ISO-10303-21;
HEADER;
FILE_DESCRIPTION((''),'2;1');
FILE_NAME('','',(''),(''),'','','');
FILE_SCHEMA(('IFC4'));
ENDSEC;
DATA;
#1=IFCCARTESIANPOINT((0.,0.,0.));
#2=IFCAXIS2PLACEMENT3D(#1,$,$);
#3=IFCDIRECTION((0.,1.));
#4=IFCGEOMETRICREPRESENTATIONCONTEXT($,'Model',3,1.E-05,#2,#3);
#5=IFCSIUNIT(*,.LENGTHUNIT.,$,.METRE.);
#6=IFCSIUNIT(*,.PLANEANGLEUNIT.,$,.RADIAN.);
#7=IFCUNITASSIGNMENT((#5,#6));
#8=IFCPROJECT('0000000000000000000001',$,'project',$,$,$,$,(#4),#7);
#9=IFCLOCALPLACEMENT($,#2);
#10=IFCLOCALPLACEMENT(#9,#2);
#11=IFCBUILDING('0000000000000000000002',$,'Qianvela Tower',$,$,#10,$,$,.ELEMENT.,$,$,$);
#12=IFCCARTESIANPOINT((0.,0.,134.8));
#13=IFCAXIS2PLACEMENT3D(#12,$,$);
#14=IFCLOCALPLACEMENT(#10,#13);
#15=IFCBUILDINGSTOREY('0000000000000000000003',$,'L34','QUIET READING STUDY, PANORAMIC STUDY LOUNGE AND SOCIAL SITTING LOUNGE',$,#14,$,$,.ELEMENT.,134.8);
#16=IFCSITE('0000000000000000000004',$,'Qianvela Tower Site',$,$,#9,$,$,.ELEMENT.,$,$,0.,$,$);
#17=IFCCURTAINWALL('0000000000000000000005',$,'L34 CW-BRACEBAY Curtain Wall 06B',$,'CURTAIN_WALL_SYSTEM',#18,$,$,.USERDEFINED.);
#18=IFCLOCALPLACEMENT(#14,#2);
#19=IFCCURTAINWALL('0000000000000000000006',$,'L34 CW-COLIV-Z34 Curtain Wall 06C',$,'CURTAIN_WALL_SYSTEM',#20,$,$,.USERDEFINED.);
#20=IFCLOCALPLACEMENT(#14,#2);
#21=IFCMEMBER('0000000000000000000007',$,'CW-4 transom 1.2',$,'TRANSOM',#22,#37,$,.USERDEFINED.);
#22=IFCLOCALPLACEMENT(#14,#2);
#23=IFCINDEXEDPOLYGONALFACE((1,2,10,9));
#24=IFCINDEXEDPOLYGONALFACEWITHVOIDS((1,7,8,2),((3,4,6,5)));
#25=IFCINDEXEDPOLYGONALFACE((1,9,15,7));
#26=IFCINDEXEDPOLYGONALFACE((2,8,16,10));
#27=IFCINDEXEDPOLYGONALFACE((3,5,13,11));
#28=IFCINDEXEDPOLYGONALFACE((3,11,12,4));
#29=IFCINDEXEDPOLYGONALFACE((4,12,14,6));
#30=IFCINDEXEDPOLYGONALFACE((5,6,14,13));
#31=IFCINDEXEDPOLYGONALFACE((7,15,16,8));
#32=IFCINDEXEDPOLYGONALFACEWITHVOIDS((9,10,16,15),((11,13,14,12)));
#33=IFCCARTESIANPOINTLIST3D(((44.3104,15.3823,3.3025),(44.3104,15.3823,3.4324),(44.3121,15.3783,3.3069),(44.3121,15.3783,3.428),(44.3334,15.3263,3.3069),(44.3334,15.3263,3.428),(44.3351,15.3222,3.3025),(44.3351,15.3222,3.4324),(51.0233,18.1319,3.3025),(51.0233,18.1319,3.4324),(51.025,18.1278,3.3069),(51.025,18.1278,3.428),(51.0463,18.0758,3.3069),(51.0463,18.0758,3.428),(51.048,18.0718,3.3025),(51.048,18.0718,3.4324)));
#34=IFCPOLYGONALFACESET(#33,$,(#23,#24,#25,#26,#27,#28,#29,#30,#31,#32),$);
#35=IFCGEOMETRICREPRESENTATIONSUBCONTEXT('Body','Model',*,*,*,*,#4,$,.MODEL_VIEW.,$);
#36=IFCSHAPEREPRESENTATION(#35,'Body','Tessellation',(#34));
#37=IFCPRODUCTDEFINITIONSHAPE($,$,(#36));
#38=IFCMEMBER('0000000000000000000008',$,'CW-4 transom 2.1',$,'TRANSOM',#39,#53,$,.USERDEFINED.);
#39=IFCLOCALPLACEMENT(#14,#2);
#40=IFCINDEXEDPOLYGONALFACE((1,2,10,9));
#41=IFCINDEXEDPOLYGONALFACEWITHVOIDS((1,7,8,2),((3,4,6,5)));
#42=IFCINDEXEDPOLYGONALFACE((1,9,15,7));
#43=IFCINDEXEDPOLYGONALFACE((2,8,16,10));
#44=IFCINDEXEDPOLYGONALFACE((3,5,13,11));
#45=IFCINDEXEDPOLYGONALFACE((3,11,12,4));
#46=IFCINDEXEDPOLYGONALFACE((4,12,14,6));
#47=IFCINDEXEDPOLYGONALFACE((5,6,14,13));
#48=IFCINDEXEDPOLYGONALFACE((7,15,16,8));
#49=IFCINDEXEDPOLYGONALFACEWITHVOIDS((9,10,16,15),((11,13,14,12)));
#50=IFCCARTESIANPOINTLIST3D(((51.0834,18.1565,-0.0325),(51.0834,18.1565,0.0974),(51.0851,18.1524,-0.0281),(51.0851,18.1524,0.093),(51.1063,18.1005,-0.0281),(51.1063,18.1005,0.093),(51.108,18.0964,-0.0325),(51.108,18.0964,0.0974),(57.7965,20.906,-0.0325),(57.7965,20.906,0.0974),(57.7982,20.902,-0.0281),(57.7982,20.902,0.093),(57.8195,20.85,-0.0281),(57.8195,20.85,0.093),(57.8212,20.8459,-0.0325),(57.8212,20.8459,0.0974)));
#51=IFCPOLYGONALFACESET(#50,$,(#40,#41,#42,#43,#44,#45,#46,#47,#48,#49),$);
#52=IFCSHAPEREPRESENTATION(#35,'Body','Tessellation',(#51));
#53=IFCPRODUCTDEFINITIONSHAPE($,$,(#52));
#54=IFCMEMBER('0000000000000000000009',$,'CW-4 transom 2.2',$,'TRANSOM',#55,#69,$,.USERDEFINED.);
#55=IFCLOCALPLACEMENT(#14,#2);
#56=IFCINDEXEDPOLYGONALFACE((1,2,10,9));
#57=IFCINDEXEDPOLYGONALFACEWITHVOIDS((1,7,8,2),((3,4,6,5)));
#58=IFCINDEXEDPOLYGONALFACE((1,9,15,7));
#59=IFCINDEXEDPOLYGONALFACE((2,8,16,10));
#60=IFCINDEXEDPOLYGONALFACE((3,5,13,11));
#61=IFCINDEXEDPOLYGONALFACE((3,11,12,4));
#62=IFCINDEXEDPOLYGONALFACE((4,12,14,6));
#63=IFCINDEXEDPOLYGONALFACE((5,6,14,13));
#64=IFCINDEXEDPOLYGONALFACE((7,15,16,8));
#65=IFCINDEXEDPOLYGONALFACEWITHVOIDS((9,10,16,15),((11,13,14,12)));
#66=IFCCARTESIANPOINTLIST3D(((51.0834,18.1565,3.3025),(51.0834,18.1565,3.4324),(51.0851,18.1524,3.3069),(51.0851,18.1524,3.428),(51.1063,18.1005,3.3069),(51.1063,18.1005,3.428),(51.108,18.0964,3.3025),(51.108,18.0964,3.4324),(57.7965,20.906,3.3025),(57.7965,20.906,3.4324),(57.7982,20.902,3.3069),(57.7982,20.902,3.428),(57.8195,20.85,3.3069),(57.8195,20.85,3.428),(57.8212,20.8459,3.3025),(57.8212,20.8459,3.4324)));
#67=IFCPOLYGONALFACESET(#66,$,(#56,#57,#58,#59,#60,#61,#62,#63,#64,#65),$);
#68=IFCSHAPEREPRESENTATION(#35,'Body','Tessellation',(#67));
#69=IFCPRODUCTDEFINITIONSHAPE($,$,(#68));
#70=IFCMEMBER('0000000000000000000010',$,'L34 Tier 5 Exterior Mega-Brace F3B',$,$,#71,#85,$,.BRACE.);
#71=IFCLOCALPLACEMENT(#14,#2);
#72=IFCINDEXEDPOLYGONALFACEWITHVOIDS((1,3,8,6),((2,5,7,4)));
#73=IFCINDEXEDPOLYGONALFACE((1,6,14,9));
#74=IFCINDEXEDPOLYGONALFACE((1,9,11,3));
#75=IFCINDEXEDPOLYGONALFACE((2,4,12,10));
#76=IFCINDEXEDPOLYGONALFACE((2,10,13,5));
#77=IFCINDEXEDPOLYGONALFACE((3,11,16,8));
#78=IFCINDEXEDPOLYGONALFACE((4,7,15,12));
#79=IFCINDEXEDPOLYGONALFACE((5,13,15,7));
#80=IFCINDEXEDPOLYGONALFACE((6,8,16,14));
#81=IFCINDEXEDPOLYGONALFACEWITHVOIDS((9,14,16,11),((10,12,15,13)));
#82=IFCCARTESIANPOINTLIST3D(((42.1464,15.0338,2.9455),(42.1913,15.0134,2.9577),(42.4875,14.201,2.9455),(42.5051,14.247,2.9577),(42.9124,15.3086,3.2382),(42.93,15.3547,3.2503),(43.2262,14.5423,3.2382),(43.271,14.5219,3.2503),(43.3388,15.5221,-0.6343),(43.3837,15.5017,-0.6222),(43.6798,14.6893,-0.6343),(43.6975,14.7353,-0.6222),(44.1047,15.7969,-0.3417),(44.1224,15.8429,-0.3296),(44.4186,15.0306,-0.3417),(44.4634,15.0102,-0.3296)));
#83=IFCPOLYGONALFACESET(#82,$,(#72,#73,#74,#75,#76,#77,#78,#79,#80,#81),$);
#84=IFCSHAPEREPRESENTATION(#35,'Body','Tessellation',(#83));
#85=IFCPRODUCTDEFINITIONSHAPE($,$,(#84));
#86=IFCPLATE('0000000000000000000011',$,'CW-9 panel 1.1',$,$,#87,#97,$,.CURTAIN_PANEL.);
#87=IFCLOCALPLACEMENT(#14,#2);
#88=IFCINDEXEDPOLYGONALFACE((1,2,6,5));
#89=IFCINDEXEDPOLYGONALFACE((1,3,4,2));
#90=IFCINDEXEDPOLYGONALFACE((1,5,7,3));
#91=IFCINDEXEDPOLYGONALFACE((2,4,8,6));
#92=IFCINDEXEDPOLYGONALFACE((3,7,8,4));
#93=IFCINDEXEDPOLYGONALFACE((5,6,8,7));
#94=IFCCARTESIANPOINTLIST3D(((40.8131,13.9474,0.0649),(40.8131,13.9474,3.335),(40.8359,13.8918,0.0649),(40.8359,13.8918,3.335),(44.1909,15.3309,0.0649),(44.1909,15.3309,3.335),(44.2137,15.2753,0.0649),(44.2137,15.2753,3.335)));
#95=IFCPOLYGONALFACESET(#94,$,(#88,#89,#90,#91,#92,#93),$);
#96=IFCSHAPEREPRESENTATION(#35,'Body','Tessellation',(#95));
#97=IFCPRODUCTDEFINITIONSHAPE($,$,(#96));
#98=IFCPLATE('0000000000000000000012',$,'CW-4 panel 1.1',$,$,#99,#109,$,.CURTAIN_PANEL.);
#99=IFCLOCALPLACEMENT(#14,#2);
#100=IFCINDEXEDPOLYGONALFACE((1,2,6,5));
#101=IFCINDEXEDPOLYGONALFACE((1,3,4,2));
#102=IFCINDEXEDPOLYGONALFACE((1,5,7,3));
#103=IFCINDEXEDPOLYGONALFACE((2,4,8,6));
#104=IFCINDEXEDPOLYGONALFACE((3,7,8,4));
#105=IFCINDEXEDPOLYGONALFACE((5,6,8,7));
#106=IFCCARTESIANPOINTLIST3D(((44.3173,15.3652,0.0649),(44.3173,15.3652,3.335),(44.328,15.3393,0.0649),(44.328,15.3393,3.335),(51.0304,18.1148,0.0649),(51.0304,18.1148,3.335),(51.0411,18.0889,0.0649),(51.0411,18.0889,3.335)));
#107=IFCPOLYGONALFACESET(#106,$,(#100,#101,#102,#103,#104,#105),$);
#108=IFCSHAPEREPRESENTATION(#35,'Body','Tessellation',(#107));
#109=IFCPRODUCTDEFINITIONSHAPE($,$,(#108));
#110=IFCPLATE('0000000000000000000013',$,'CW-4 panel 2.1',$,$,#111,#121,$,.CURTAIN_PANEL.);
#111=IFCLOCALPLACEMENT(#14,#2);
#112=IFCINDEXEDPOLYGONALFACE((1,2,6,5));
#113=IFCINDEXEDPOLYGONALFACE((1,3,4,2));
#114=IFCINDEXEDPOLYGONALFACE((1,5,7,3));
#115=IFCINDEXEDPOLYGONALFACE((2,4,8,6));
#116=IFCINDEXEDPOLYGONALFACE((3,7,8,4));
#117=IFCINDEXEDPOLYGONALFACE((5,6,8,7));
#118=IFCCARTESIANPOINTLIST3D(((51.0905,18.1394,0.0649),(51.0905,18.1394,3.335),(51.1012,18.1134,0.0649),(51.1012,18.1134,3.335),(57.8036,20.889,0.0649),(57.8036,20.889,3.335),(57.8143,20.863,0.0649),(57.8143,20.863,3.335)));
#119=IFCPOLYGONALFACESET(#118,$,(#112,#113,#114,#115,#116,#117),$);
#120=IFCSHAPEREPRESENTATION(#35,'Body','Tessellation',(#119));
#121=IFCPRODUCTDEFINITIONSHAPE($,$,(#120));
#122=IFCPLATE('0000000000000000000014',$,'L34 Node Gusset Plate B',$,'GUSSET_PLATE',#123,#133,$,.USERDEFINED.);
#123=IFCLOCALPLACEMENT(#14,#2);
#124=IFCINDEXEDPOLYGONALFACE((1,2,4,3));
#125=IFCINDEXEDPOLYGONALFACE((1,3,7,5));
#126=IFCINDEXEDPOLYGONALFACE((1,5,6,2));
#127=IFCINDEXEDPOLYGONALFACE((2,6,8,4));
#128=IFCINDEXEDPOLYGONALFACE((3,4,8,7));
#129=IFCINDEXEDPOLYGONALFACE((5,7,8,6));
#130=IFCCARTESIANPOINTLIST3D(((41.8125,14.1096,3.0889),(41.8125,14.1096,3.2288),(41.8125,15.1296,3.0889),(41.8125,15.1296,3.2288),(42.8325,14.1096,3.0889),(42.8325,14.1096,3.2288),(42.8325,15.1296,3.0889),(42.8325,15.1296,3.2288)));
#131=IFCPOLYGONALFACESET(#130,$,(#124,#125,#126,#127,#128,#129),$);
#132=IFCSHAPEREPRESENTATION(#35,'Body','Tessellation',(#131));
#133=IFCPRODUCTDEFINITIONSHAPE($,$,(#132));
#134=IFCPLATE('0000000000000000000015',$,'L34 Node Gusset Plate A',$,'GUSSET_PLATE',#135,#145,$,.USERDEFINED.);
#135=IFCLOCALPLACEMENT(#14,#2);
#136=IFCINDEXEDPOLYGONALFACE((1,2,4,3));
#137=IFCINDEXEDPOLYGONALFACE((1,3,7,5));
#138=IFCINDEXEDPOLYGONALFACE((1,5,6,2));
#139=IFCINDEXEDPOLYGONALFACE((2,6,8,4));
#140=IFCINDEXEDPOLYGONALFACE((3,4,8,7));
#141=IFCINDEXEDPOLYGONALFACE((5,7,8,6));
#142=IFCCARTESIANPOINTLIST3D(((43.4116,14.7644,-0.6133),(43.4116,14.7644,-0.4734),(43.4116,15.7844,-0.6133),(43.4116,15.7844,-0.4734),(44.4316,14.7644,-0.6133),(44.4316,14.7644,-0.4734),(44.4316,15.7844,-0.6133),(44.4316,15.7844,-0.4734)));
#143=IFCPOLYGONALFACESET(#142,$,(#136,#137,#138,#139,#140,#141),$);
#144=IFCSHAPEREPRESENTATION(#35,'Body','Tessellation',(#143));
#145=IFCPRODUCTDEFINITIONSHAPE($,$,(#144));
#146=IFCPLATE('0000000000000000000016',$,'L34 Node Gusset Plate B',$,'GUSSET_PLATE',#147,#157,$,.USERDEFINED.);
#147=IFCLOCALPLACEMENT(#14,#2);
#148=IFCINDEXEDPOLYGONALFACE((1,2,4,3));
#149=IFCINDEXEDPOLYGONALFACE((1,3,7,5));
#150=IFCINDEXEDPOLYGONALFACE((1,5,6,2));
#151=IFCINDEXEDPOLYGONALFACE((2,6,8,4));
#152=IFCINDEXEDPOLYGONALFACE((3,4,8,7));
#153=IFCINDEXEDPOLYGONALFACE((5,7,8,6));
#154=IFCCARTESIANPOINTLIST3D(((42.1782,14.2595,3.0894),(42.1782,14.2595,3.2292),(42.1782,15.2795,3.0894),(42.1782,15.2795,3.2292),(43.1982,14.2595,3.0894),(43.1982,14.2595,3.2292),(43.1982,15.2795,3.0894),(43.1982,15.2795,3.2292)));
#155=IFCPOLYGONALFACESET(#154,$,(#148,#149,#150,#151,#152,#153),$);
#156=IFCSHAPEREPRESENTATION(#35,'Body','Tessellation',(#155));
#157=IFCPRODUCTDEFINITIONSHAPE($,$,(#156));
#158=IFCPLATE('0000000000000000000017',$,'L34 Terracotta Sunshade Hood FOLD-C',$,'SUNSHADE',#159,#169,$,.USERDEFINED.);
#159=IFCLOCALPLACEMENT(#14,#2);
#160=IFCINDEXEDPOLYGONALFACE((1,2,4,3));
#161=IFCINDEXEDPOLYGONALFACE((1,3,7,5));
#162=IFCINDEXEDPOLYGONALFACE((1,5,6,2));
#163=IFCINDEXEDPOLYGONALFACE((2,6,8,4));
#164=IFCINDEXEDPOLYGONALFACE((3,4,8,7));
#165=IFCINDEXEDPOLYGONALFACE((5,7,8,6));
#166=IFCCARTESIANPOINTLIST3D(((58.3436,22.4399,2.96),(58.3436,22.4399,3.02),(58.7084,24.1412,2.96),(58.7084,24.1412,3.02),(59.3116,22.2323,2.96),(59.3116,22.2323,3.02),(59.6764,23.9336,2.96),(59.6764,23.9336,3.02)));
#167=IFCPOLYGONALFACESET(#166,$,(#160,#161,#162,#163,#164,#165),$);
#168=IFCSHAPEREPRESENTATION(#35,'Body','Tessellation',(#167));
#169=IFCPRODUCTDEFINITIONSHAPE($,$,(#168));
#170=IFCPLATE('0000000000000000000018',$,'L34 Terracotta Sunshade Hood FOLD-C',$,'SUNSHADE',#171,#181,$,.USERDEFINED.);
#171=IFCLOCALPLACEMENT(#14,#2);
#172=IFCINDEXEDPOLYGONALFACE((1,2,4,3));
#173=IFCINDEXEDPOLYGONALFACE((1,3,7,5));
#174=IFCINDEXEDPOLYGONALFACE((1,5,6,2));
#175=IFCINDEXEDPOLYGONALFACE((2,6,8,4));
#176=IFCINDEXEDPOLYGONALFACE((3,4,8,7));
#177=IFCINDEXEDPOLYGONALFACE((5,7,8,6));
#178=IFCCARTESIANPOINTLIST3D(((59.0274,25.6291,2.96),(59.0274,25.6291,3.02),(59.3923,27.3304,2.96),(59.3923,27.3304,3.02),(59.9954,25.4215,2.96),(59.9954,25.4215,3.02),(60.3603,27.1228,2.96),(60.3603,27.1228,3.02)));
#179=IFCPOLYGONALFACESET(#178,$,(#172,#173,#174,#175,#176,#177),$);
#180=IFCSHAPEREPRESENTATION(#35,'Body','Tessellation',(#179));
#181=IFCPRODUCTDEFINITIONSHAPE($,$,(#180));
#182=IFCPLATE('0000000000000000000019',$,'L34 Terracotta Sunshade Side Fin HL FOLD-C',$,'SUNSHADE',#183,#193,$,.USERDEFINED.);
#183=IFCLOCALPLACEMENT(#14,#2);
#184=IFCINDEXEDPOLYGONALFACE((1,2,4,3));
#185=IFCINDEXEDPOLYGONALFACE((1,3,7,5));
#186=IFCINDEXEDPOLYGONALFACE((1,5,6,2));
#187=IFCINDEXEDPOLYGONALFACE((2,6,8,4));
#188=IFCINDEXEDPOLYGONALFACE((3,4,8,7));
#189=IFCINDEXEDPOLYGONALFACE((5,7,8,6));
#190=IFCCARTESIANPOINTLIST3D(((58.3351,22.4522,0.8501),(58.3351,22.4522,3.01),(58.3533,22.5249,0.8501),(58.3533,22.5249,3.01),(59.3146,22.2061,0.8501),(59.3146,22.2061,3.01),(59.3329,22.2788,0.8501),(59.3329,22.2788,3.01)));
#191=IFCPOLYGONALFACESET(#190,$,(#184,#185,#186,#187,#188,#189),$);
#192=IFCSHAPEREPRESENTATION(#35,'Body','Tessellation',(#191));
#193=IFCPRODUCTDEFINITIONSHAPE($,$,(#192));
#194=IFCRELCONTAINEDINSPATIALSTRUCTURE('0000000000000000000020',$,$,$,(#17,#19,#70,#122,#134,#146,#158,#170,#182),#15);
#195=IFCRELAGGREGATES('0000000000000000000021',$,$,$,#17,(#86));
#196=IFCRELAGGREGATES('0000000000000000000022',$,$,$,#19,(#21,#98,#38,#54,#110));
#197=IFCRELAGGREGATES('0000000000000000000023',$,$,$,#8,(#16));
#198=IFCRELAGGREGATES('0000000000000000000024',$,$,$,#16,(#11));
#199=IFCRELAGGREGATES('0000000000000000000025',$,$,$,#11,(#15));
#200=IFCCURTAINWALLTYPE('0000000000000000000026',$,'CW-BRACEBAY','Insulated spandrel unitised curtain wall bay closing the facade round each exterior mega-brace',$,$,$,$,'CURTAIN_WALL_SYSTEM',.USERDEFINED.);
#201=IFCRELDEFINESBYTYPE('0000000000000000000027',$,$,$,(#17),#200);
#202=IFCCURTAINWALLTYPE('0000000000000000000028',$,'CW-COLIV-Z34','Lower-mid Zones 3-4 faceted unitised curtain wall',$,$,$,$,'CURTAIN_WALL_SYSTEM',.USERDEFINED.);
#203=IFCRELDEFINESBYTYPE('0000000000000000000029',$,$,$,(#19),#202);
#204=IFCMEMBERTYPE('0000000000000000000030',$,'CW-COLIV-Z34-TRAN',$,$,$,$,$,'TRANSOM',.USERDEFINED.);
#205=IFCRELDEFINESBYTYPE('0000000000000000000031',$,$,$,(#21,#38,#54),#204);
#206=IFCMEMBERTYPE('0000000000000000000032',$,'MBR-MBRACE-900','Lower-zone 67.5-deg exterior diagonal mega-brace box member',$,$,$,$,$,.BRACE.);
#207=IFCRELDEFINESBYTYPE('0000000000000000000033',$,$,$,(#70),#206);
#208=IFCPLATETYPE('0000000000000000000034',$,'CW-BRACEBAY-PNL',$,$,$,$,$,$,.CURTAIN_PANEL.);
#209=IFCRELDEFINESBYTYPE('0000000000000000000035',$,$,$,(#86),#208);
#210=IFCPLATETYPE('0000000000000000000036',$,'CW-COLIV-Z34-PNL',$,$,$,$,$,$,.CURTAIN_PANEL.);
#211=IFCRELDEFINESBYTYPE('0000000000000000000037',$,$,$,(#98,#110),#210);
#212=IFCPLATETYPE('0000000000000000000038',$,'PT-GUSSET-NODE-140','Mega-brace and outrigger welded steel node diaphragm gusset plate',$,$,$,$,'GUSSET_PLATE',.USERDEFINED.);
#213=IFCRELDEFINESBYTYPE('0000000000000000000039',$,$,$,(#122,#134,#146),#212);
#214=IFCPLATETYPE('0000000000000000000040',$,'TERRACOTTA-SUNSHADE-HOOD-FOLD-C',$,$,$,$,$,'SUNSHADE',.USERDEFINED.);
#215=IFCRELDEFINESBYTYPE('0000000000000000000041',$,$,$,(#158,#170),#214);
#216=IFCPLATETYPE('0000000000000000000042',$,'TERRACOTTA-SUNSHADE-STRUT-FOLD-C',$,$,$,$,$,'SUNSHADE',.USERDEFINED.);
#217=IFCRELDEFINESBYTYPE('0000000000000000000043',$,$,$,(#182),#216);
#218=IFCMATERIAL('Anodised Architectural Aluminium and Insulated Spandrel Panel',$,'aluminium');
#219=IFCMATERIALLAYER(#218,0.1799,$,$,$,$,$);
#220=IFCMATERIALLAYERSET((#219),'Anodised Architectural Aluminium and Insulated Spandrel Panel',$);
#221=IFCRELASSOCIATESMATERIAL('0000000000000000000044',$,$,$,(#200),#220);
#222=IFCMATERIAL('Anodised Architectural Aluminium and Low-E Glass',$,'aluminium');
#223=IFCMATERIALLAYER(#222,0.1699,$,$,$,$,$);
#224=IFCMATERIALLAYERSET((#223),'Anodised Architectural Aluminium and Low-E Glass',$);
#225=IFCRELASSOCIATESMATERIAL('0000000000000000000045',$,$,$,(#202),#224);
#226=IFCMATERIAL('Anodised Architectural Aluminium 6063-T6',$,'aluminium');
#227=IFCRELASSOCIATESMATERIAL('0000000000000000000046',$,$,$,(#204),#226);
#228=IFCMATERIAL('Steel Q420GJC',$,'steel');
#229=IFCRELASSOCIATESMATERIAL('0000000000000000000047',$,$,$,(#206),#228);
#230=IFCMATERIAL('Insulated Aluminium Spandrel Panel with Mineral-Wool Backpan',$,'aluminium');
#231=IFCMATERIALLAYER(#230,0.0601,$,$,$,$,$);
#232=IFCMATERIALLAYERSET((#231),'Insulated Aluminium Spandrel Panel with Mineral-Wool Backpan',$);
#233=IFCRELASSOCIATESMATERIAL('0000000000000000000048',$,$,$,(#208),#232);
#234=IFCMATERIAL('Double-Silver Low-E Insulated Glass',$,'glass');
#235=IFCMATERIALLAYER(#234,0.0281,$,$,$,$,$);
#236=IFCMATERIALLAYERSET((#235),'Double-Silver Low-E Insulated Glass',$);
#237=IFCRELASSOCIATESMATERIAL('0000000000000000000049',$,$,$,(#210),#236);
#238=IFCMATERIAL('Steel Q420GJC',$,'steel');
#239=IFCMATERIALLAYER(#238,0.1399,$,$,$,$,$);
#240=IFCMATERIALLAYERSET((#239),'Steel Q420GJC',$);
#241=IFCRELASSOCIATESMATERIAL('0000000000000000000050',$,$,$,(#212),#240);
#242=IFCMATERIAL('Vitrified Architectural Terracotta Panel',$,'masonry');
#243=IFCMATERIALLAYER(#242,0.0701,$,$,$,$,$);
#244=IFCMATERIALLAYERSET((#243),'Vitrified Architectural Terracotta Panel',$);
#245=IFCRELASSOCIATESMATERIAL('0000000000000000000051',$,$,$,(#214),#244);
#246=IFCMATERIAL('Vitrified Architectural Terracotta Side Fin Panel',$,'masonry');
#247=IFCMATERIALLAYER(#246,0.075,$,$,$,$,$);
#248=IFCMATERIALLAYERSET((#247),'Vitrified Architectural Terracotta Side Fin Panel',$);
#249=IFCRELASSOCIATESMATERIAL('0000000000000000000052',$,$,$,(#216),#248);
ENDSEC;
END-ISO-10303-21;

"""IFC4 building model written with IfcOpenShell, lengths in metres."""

from ifc_helpers import new_model, si_unit, direction, frame, origin, origin_2d, place, context, subcontext, project, spatial, rectangle, hollow_rectangle, extrude, material, layer, layer_set, material_profile, profile_set, type_object, element, aggregate, save


model = new_model("IFC4")

# Units and contexts
model_context = context("Model", 3, precision=1e-05, world=origin(), true_north=direction((0.0, 1.0)))
body_context = subcontext(model_context, "Body", "Model", "MODEL_VIEW")
ifc_project = project(units=[si_unit("LENGTHUNIT", "METRE"), si_unit("PLANEANGLEUNIT", "RADIAN")], contexts=[model_context])

# Site, building, storey
site_placement = place(None, origin())
site = spatial("IfcSite", under=ifc_project, at=site_placement, Name="Qianvela Tower Site", CompositionType="ELEMENT", RefElevation=0.0)
building_placement = place(site_placement, origin())
building = spatial("IfcBuilding", under=site, at=building_placement, Name="Qianvela Tower", CompositionType="ELEMENT")
storey_placement = place(building_placement, frame((0.0, 0.0, 134.8)))
storey = spatial("IfcBuildingStorey", under=building, at=storey_placement, Name="L34", Description="QUIET READING STUDY, PANORAMIC STUDY LOUNGE AND SOCIAL SITTING LOUNGE", CompositionType="ELEMENT", Elevation=134.8)

# Curtain wall
ifc_material_1 = material(Name="Anodised Architectural Aluminium and Insulated Spandrel Panel", Category="aluminium")
ifc_layer_1 = layer(ifc_material_1, 0.1799)
ifc_layer_set_1 = layer_set([ifc_layer_1], Name="Anodised Architectural Aluminium and Insulated Spandrel Panel")
curtain_wall_type_1 = type_object("IfcCurtainWallType", Name="CW-BRACEBAY", Description="Insulated spandrel unitised curtain wall bay closing the facade round each exterior mega-brace", ElementType="CURTAIN_WALL_SYSTEM", PredefinedType="USERDEFINED", material=ifc_layer_set_1)
curtain_wall_1_placement = place(storey_placement, origin())
curtain_wall_1 = element("IfcCurtainWall", 1, at=curtain_wall_1_placement, inside=storey, type_object=curtain_wall_type_1, Name="L34 CW-BRACEBAY Curtain Wall 06B", ObjectType="CURTAIN_WALL_SYSTEM", PredefinedType="USERDEFINED")

# Curtain wall, members
ifc_material_2 = material(Name="Anodised Architectural Aluminium and Low-E Glass", Category="aluminium")
ifc_layer_2 = layer(ifc_material_2, 0.1699)
ifc_layer_set_2 = layer_set([ifc_layer_2], Name="Anodised Architectural Aluminium and Low-E Glass")
curtain_wall_type_2 = type_object("IfcCurtainWallType", Name="CW-COLIV-Z34", Description="Lower-mid Zones 3-4 faceted unitised curtain wall", ElementType="CURTAIN_WALL_SYSTEM", PredefinedType="USERDEFINED", material=ifc_layer_set_2)
curtain_wall_2_placement = place(storey_placement, origin())
curtain_wall_2 = element("IfcCurtainWall", 2, at=curtain_wall_2_placement, inside=storey, type_object=curtain_wall_type_2, Name="L34 CW-COLIV-Z34 Curtain Wall 06C", ObjectType="CURTAIN_WALL_SYSTEM", PredefinedType="USERDEFINED")
ifc_material_3 = material(Name="Anodised Architectural Aluminium 6063-T6", Category="aluminium")
ifc_material_profile_1 = material_profile(ifc_material_3, hollow_rectangle(XDim=0.0649, YDim=0.1299, WallThickness=0.0044, at=origin_2d()), Name="ALU-TRAN-65x130")
ifc_profile_set_1 = profile_set([ifc_material_profile_1], Name="Anodised Architectural Aluminium 6063-T6")
member_type_1 = type_object("IfcMemberType", Name="CW-COLIV-Z34-TRAN", ElementType="TRANSOM", PredefinedType="USERDEFINED", material=ifc_profile_set_1)
member_1_placement = place(storey_placement, frame((44.3228, 15.3523, 3.3674), z_axis=(0.925386, 0.379026, 0.0), x_axis=(-0.379026, 0.925386, 0.0)))
member_1 = element("IfcMember", 3, at=member_1_placement, type_object=member_type_1, Name="CW-4 transom 1.2", ObjectType="TRANSOM", PredefinedType="USERDEFINED", context=body_context, shape_type="SweptSolid", body=[
    extrude(hollow_rectangle(XDim=0.0649, YDim=0.1299, WallThickness=0.0044, at=origin_2d()), origin(), (0.0, 0.0, 1.0), 7.2542),
])
member_2_placement = place(storey_placement, frame((51.0957, 18.1265, 0.0325), z_axis=(0.925391, 0.379014, 0.0), x_axis=(-0.379014, 0.925391, 0.0)))
member_2 = element("IfcMember", 4, at=member_2_placement, type_object=member_type_1, Name="CW-4 transom 2.1", ObjectType="TRANSOM", PredefinedType="USERDEFINED", context=body_context, shape_type="SweptSolid", body=[
    extrude(hollow_rectangle(XDim=0.0649, YDim=0.1299, WallThickness=0.0044, at=origin_2d()), origin(), (0.0, 0.0, 1.0), 7.2544),
])
member_3_placement = place(storey_placement, frame((51.0957, 18.1265, 3.3674), z_axis=(0.925391, 0.379014, 0.0), x_axis=(-0.379014, 0.925391, 0.0)))
member_3 = element("IfcMember", 5, at=member_3_placement, type_object=member_type_1, Name="CW-4 transom 2.2", ObjectType="TRANSOM", PredefinedType="USERDEFINED", context=body_context, shape_type="SweptSolid", body=[
    extrude(hollow_rectangle(XDim=0.0649, YDim=0.1299, WallThickness=0.0044, at=origin_2d()), origin(), (0.0, 0.0, 1.0), 7.2544),
])

# Member
ifc_material_4 = material(Name="Steel Q420GJC", Category="steel")
ifc_material_profile_2 = material_profile(ifc_material_4, hollow_rectangle(XDim=0.8999, YDim=0.8999, WallThickness=0.0359, at=origin_2d()), Name="MBOX-900x900x36")
ifc_profile_set_2 = profile_set([ifc_material_profile_2], Name="Steel Q420GJC")
member_type_2 = type_object("IfcMemberType", Name="MBR-MBRACE-900", Description="Lower-zone 67.5-deg exterior diagonal mega-brace box member", PredefinedType="BRACE", material=ifc_profile_set_2)
member_4_placement = place(storey_placement, frame((43.9011, 15.2661, -0.4819), z_axis=(-0.313401, -0.128338, 0.940909), x_axis=(0.378957, -0.925414, 0.0)))
element("IfcMember", 6, at=member_4_placement, inside=storey, type_object=member_type_2, Name="L34 Tier 5 Exterior Mega-Brace F3B", PredefinedType="BRACE", context=body_context, shape_type="SweptSolid", body=[
    extrude(hollow_rectangle(XDim=0.8999, YDim=0.8999, WallThickness=0.0359, at=origin_2d()), origin(), (0.0, 0.0, 1.0), 3.8047),
])

# Plates
ifc_material_5 = material(Name="Insulated Aluminium Spandrel Panel with Mineral-Wool Backpan", Category="aluminium")
ifc_layer_3 = layer(ifc_material_5, 0.0601)
ifc_layer_set_3 = layer_set([ifc_layer_3], Name="Insulated Aluminium Spandrel Panel with Mineral-Wool Backpan")
plate_type_1 = type_object("IfcPlateType", Name="CW-BRACEBAY-PNL", PredefinedType="CURTAIN_PANEL", material=ifc_layer_set_3)
plate_1_placement = place(storey_placement, frame((42.5134, 14.6113, 0.0649), z_axis=(0.0, 0.0, 1.0), x_axis=(0.925389, 0.379018, 0.0)))
plate_1 = element("IfcPlate", 7, at=plate_1_placement, type_object=plate_type_1, Name="CW-9 panel 1.1", PredefinedType="CURTAIN_PANEL", context=body_context, shape_type="SweptSolid", body=[
    extrude(rectangle(XDim=3.6501, YDim=0.0601, at=origin_2d()), origin(), (0.0, 0.0, 1.0), 3.27),
])
aggregate(curtain_wall_1, [plate_1])
ifc_material_6 = material(Name="Double-Silver Low-E Insulated Glass", Category="glass")
ifc_layer_4 = layer(ifc_material_6, 0.0281)
ifc_layer_set_4 = layer_set([ifc_layer_4], Name="Double-Silver Low-E Insulated Glass")
plate_type_2 = type_object("IfcPlateType", Name="CW-COLIV-Z34-PNL", PredefinedType="CURTAIN_PANEL", material=ifc_layer_set_4)
plate_2_placement = place(storey_placement, frame((47.6792, 16.7271, 0.0649), z_axis=(0.0, 0.0, 1.0), x_axis=(0.925387, 0.379023, 0.0)))
plate_2 = element("IfcPlate", 8, at=plate_2_placement, type_object=plate_type_2, Name="CW-4 panel 1.1", PredefinedType="CURTAIN_PANEL", context=body_context, shape_type="SweptSolid", body=[
    extrude(rectangle(XDim=7.2544, YDim=0.0281, at=origin_2d()), origin(), (0.0, 0.0, 1.0), 3.27),
])
plate_3_placement = place(storey_placement, frame((54.4524, 19.5012, 0.0649), z_axis=(0.0, 0.0, 1.0), x_axis=(0.925387, 0.379023, 0.0)))
plate_3 = element("IfcPlate", 9, at=plate_3_placement, type_object=plate_type_2, Name="CW-4 panel 2.1", PredefinedType="CURTAIN_PANEL", context=body_context, shape_type="SweptSolid", body=[
    extrude(rectangle(XDim=7.2544, YDim=0.0281, at=origin_2d()), origin(), (0.0, 0.0, 1.0), 3.27),
])
aggregate(curtain_wall_2, [member_1, plate_2, member_2, member_3, plate_3])

# Plates
ifc_material_7 = material(Name="Steel Q420GJC", Category="steel")
ifc_layer_5 = layer(ifc_material_7, 0.1399)
ifc_layer_set_5 = layer_set([ifc_layer_5], Name="Steel Q420GJC")
plate_type_3 = type_object("IfcPlateType", Name="PT-GUSSET-NODE-140", Description="Mega-brace and outrigger welded steel node diaphragm gusset plate", ElementType="GUSSET_PLATE", PredefinedType="USERDEFINED", material=ifc_layer_set_5)
for number, where, z_axis, x_axis, name in (
    (10, (42.3225, 14.6196, 3.0889), (0.0, 0.0, 1.0), (1.0, 0.0, 0.0), "L34 Node Gusset Plate B"),
    (11, (43.9216, 15.2744, -0.6133), (0.0, 0.0, 1.0), (1.0, 0.0, 0.0), "L34 Node Gusset Plate A"),
    (12, (42.6882, 14.7695, 3.0894), (0.0, 0.0, 1.0), (1.0, 0.0, 0.0), "L34 Node Gusset Plate B"),
):
    element("IfcPlate", number, at=place(storey_placement, frame(where, z_axis=z_axis, x_axis=x_axis)), inside=storey, type_object=plate_type_3, Name=name, ObjectType="GUSSET_PLATE", PredefinedType="USERDEFINED", context=body_context, shape_type="SweptSolid", body=[
        extrude(rectangle(XDim=1.02, YDim=1.02, at=origin_2d()), origin(), (0.0, 0.0, 1.0), 0.1399),
    ])
ifc_material_8 = material(Name="Vitrified Architectural Terracotta Panel", Category="masonry")
ifc_layer_6 = layer(ifc_material_8, 0.0701)
ifc_layer_set_6 = layer_set([ifc_layer_6], Name="Vitrified Architectural Terracotta Panel")
plate_type_4 = type_object("IfcPlateType", Name="TERRACOTTA-SUNSHADE-HOOD-FOLD-C", ElementType="SUNSHADE", PredefinedType="USERDEFINED", material=ifc_layer_set_6)
for number, where, z_axis, x_axis, name in (
    (13, (59.01, 23.1868, 2.96), (0.0, 0.0, 1.0), (0.209675, 0.977771, 0.0), "L34 Terracotta Sunshade Hood FOLD-C"),
    (14, (59.6938, 26.376, 2.96), (0.0, 0.0, 1.0), (0.209675, 0.977771, 0.0), "L34 Terracotta Sunshade Hood FOLD-C"),
):
    element("IfcPlate", number, at=place(storey_placement, frame(where, z_axis=z_axis, x_axis=x_axis)), inside=storey, type_object=plate_type_4, Name=name, ObjectType="SUNSHADE", PredefinedType="USERDEFINED", context=body_context, shape_type="SweptSolid", body=[
        extrude(rectangle(XDim=1.74, YDim=0.99, at=origin_2d()), origin(), (0.0, 0.0, 1.0), 0.0601),
    ])
ifc_material_9 = material(Name="Vitrified Architectural Terracotta Side Fin Panel", Category="masonry")
ifc_layer_7 = layer(ifc_material_9, 0.075)
ifc_layer_set_7 = layer_set([ifc_layer_7], Name="Vitrified Architectural Terracotta Side Fin Panel")
plate_type_5 = type_object("IfcPlateType", Name="TERRACOTTA-SUNSHADE-STRUT-FOLD-C", ElementType="SUNSHADE", PredefinedType="USERDEFINED", material=ifc_layer_set_7)
for number, where, z_axis, x_axis, name in (
    (15, (58.834, 22.3655, 0.8501), (0.0, 0.0, 1.0), (0.243671, 0.969858, 0.0), "L34 Terracotta Sunshade Side Fin HL FOLD-C"),
):
    element("IfcPlate", number, at=place(storey_placement, frame(where, z_axis=z_axis, x_axis=x_axis)), inside=storey, type_object=plate_type_5, Name=name, ObjectType="SUNSHADE", PredefinedType="USERDEFINED", context=body_context, shape_type="SweptSolid", body=[
        extrude(rectangle(XDim=0.075, YDim=1.01, at=origin_2d()), origin(), (0.0, 0.0, 1.0), 2.1599),
    ])

save(model, "model.ifc")
